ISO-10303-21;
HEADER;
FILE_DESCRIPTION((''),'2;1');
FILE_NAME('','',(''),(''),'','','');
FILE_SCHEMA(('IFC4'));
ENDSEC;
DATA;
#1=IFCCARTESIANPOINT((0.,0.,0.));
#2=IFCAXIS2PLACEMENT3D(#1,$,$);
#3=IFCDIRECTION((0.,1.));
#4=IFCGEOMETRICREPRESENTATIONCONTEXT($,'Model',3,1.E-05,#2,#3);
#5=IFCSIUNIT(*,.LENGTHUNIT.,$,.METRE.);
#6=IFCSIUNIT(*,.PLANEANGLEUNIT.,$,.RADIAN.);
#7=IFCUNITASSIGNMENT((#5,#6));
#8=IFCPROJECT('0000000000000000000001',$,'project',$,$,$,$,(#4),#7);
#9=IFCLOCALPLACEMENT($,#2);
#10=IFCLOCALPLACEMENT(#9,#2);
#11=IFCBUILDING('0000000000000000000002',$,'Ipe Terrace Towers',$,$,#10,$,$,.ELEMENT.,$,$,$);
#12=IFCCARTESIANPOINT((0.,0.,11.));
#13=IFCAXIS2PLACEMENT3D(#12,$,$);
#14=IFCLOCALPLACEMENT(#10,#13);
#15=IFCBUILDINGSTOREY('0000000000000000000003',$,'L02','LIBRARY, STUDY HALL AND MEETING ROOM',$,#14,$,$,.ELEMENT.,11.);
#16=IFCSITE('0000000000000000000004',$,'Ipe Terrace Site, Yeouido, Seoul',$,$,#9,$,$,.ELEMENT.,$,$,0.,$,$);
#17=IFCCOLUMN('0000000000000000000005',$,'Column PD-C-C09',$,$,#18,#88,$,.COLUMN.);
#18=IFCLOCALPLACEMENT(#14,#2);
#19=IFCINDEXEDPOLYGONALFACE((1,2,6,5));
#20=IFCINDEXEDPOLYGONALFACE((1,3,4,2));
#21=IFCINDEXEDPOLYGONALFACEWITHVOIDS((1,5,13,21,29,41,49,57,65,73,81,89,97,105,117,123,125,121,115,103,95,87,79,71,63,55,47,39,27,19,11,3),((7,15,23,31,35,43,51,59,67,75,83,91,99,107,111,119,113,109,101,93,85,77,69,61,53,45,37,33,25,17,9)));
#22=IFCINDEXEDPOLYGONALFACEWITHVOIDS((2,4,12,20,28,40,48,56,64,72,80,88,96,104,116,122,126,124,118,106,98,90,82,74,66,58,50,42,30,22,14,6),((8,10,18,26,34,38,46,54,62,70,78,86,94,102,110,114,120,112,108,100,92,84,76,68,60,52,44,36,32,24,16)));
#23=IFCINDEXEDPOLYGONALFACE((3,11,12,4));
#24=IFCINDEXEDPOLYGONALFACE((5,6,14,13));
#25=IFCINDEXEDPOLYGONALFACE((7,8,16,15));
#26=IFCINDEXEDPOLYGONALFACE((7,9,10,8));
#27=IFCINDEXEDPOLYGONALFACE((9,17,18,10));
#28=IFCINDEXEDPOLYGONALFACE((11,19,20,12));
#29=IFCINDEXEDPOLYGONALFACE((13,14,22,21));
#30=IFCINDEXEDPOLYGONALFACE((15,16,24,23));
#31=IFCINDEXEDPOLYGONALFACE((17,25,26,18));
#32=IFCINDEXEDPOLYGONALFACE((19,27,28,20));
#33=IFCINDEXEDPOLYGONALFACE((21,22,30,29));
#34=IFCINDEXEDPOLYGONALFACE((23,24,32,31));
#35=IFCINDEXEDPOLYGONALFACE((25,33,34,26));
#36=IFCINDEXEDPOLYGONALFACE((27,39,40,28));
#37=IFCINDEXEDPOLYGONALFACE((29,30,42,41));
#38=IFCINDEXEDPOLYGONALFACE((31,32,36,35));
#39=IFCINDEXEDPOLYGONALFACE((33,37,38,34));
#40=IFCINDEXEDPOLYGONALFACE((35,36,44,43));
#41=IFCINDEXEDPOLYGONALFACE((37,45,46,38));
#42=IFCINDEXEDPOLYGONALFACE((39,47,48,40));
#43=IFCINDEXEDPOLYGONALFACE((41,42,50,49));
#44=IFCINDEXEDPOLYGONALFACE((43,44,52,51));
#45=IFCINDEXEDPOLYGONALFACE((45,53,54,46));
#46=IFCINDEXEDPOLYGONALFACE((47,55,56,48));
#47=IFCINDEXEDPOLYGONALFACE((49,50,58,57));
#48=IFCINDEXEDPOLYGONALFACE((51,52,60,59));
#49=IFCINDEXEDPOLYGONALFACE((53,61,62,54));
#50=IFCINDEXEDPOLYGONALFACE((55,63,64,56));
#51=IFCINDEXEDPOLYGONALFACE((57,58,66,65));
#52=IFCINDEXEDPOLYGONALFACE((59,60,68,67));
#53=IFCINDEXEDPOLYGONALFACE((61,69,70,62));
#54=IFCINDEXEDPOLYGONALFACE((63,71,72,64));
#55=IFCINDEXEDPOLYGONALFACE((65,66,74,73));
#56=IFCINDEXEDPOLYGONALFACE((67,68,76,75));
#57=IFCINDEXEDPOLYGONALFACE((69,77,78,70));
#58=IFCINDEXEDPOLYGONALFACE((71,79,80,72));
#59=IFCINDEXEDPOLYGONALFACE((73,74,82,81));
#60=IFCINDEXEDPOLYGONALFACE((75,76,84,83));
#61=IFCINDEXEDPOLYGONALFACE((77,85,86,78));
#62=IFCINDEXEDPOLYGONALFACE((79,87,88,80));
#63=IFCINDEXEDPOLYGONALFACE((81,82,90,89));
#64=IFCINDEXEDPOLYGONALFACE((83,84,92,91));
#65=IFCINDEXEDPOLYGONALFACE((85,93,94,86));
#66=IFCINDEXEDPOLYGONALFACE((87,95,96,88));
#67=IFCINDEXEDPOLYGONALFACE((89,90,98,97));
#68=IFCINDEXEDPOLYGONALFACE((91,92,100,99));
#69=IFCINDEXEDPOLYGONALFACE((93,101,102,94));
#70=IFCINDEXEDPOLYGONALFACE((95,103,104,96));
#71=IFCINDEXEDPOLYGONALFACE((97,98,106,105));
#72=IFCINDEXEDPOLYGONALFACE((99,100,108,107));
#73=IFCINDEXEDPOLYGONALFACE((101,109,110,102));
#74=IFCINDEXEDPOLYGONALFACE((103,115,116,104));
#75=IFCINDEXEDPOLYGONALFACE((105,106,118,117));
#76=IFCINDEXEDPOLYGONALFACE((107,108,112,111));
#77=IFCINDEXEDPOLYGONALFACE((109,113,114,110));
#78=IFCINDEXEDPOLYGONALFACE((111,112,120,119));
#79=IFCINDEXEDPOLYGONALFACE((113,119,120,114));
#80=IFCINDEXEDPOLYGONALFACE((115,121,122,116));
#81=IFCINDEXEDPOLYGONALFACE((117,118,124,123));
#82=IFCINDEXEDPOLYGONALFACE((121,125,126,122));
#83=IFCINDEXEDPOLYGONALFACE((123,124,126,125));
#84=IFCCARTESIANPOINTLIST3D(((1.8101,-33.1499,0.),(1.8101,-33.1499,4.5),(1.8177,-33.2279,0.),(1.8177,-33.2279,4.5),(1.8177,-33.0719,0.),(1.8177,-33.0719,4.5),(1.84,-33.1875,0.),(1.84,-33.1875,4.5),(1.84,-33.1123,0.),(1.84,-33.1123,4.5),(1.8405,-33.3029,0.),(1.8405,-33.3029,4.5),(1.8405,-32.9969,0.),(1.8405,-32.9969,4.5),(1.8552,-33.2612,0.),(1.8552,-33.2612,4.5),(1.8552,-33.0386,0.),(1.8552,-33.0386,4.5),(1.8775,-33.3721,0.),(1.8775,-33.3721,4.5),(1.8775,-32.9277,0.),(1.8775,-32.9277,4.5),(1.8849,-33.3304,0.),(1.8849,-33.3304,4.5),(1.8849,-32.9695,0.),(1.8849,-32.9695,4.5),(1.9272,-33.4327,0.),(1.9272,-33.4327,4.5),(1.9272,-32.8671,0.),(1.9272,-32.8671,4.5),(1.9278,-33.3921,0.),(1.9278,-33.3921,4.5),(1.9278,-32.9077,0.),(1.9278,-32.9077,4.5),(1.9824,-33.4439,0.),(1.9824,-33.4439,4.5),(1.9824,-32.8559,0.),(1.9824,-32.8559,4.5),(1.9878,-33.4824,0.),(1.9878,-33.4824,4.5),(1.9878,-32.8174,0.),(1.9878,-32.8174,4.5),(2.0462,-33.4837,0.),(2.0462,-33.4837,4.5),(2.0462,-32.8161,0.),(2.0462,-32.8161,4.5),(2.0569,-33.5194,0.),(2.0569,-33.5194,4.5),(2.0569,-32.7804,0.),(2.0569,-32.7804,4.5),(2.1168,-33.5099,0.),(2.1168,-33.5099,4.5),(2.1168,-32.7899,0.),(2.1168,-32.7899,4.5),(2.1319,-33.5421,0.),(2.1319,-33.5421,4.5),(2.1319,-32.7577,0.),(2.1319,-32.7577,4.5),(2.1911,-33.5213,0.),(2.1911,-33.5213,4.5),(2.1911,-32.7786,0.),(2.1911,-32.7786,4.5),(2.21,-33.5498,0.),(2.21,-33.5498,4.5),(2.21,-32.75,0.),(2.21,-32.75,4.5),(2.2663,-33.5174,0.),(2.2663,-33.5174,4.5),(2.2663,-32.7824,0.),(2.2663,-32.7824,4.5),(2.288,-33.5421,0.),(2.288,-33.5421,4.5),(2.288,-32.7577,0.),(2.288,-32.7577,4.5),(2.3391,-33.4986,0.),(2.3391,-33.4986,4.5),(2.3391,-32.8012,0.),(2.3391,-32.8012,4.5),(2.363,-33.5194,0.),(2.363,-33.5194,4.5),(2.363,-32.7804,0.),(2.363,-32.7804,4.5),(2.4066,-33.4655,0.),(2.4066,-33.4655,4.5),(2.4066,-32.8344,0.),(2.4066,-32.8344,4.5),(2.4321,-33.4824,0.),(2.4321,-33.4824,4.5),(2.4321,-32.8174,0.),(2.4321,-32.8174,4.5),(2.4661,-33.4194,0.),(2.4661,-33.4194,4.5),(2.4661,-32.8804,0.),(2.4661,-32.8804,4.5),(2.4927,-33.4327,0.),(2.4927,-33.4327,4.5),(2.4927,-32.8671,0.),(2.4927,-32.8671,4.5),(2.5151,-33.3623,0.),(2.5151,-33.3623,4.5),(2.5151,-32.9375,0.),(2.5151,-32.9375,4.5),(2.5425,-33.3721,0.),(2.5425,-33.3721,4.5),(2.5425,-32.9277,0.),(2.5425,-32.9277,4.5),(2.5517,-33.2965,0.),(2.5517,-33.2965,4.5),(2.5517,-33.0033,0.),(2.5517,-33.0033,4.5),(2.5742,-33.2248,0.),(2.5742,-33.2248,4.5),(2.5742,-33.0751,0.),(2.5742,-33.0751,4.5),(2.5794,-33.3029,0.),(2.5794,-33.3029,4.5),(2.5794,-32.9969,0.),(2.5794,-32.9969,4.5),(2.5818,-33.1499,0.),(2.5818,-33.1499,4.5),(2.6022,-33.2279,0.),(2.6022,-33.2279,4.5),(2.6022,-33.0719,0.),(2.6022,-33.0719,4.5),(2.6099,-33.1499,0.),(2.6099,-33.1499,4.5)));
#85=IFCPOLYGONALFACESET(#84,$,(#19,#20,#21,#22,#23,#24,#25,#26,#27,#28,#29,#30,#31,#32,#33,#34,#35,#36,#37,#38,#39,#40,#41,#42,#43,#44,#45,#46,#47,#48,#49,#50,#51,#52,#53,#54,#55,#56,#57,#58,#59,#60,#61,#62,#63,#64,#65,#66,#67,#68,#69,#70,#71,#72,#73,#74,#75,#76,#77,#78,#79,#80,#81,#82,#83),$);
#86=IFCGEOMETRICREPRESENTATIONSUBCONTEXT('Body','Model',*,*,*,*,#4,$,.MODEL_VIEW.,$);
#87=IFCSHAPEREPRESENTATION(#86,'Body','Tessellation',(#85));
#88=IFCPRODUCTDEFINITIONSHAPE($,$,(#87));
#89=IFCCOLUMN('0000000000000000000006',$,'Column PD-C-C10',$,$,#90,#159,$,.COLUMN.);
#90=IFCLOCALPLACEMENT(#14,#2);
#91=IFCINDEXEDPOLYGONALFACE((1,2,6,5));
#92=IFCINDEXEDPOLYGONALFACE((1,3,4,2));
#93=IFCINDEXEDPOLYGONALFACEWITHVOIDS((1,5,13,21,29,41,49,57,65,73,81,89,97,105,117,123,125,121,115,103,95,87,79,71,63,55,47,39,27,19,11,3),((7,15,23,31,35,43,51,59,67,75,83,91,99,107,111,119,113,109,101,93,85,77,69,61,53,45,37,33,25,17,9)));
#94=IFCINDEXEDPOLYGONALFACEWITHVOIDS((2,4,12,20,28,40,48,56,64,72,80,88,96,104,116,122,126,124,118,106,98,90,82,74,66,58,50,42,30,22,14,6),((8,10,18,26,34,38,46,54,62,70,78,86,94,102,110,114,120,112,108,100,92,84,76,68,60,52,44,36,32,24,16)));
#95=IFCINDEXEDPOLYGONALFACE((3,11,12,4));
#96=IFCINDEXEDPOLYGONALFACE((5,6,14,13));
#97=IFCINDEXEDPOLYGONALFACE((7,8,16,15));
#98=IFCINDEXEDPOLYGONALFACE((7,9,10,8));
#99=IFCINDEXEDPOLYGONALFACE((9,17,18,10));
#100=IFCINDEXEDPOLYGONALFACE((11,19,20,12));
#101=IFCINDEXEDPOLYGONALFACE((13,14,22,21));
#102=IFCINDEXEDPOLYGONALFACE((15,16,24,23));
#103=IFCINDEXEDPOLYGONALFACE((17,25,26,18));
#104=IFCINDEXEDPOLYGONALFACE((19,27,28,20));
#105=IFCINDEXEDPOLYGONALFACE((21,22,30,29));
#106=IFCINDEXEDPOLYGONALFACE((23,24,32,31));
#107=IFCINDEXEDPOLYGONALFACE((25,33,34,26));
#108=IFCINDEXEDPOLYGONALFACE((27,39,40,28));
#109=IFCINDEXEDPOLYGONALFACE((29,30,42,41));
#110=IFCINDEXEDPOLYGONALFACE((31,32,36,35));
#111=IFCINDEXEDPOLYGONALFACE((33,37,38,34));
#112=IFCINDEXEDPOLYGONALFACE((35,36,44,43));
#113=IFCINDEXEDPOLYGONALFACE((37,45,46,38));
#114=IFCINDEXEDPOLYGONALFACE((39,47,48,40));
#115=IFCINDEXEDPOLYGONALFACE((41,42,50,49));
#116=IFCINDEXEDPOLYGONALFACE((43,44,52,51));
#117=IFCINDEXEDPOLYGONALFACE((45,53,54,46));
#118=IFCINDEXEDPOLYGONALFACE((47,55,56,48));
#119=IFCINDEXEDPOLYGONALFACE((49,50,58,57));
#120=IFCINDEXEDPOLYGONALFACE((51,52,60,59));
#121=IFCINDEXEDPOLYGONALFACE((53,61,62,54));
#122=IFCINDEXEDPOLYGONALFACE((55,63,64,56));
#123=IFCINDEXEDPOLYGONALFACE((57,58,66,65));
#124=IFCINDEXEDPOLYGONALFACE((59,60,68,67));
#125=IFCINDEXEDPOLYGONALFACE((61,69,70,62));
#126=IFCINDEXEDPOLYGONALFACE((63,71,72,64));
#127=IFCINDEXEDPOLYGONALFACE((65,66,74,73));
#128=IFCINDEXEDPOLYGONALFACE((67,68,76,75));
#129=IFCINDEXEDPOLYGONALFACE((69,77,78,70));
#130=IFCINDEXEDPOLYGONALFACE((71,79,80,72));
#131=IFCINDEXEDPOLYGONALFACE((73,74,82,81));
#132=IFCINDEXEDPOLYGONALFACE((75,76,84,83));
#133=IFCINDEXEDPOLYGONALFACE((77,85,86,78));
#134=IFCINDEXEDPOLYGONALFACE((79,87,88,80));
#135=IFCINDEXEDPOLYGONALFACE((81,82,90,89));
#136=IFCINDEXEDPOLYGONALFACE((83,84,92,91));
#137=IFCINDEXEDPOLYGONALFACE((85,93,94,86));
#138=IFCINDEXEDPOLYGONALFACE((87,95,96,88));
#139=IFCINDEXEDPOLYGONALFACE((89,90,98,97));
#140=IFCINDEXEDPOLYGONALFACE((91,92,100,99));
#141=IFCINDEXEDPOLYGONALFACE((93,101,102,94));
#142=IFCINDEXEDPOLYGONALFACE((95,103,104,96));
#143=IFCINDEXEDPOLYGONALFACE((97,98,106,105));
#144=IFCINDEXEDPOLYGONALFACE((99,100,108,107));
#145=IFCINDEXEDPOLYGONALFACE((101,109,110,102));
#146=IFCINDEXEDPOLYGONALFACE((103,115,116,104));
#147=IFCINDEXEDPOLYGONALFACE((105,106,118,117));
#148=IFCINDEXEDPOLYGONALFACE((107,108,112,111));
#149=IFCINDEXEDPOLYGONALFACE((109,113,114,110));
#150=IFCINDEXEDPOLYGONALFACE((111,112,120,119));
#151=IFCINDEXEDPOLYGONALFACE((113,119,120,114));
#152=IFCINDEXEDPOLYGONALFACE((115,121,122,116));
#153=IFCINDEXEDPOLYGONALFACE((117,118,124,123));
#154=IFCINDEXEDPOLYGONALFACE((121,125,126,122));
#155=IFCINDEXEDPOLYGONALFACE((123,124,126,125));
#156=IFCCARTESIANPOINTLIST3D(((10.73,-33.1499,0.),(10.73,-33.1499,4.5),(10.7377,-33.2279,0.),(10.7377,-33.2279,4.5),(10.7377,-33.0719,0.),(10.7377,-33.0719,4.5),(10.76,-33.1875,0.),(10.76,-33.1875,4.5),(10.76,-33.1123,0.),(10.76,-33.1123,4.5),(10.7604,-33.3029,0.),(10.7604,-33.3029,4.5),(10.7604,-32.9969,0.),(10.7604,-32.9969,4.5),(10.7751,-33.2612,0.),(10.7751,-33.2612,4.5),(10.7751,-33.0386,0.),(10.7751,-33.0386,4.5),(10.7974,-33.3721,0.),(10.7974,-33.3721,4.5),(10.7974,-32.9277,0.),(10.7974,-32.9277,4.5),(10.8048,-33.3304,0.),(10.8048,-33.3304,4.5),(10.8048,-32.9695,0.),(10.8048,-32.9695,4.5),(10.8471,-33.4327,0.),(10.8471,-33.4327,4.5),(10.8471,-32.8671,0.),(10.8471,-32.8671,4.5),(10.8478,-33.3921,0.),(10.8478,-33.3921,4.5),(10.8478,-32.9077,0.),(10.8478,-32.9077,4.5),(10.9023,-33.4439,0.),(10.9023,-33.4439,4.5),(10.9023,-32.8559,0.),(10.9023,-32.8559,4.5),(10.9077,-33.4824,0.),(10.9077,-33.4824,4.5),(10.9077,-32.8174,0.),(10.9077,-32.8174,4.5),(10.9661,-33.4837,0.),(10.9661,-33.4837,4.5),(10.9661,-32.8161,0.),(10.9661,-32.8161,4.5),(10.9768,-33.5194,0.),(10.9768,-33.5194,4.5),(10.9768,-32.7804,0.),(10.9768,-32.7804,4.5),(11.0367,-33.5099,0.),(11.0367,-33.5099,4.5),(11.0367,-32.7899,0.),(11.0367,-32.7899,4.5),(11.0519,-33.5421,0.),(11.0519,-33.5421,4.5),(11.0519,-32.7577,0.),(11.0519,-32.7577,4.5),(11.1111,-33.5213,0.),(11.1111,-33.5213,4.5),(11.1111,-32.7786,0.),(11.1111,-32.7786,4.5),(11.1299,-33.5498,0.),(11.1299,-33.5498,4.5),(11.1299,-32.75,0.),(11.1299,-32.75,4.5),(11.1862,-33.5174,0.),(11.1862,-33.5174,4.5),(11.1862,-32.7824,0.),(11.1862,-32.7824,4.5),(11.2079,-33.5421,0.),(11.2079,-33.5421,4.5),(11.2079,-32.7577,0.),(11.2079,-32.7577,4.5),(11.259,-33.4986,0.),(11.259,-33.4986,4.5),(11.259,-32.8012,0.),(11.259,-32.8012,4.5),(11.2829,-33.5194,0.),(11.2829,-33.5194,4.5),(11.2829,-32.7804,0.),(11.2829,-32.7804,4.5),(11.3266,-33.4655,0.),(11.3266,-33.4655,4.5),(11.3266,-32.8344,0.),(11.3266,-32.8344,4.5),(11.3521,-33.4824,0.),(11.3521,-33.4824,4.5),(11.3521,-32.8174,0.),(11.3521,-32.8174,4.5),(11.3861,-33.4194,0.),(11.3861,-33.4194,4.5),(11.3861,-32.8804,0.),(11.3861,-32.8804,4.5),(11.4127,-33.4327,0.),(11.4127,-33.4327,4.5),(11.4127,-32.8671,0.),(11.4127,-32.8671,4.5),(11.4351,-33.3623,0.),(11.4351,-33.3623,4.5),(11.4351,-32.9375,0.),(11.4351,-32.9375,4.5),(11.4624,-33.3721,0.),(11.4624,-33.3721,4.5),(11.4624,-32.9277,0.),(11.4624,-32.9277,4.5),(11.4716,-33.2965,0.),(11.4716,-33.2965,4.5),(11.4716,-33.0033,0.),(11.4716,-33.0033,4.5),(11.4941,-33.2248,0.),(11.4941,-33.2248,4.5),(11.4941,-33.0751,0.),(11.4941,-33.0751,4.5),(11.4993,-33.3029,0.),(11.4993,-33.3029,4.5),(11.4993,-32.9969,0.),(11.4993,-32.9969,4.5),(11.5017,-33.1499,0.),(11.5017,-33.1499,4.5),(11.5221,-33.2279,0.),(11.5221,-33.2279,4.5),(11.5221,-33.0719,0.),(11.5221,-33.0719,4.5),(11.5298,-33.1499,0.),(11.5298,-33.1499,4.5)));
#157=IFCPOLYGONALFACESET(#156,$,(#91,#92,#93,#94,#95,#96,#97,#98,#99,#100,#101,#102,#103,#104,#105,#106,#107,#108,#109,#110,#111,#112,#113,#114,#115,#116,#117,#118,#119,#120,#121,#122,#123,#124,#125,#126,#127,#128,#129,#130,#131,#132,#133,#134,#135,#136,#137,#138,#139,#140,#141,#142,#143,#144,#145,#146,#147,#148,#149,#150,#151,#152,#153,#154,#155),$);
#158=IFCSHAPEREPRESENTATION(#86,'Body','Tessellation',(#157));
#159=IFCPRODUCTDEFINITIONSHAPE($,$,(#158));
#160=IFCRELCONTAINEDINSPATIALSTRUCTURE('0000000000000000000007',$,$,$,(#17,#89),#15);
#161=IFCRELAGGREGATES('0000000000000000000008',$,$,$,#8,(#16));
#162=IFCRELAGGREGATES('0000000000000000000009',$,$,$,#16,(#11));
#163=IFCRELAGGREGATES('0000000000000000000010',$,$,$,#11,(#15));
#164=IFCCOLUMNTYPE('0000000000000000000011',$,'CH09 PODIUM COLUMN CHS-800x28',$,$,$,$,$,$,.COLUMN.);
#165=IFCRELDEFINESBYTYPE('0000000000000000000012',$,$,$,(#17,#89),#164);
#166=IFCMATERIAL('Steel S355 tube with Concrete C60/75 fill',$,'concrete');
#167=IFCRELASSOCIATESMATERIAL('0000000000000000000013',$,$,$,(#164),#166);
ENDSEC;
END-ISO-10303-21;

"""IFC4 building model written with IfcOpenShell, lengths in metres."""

from ifc_helpers import new_model, si_unit, direction, frame, origin, origin_2d, place, context, subcontext, project, spatial, hollow_circle, extrude, material, material_profile, profile_set, type_object, element, save


model = new_model("IFC4")

# Units and contexts
model_context = context("Model", 3, precision=1e-05, world=origin(), true_north=direction((0.0, 1.0)))
body_context = subcontext(model_context, "Body", "Model", "MODEL_VIEW")
ifc_project = project(units=[si_unit("LENGTHUNIT", "METRE"), si_unit("PLANEANGLEUNIT", "RADIAN")], contexts=[model_context])

# Site, building, storey
site_placement = place(None, origin())
site = spatial("IfcSite", under=ifc_project, at=site_placement, Name="Ipe Terrace Site, Yeouido, Seoul", CompositionType="ELEMENT", RefElevation=0.0)
building_placement = place(site_placement, origin())
building = spatial("IfcBuilding", under=site, at=building_placement, Name="Ipe Terrace Towers", CompositionType="ELEMENT")
storey_placement = place(building_placement, frame((0.0, 0.0, 11.0)))
storey = spatial("IfcBuildingStorey", under=building, at=storey_placement, Name="L02", Description="LIBRARY, STUDY HALL AND MEETING ROOM", CompositionType="ELEMENT", Elevation=11.0)

# Columns
ifc_material_1 = material(Name="Steel S355 tube with Concrete C60/75 fill", Category="concrete")
ifc_material_profile_1 = material_profile(ifc_material_1, hollow_circle(Radius=0.3999, WallThickness=0.0281, at=origin_2d()), Name="CHS-800x28")
ifc_profile_set_1 = profile_set([ifc_material_profile_1], Name="Steel S355 tube with Concrete C60/75 fill")
column_type = type_object("IfcColumnType", Name="CH09 PODIUM COLUMN CHS-800x28", PredefinedType="COLUMN", material=ifc_profile_set_1)
for number, where, z_axis, x_axis, name in (
    (1, (2.21, -33.1499, 0.0), (0.0, 0.0, 1.0), (1.0, 0.0, 0.0), "Column PD-C-C09"),
    (2, (11.1299, -33.1499, 0.0), (0.0, 0.0, 1.0), (1.0, 0.0, 0.0), "Column PD-C-C10"),
):
    element("IfcColumn", number, at=place(storey_placement, frame(where, z_axis=z_axis, x_axis=x_axis)), inside=storey, type_object=column_type, Name=name, PredefinedType="COLUMN", context=body_context, shape_type="SweptSolid", body=[
        extrude(hollow_circle(Radius=0.3999, WallThickness=0.0281, at=origin_2d()), origin(), (0.0, 0.0, 1.0), 4.5),
    ])

save(model, "model.ifc")
